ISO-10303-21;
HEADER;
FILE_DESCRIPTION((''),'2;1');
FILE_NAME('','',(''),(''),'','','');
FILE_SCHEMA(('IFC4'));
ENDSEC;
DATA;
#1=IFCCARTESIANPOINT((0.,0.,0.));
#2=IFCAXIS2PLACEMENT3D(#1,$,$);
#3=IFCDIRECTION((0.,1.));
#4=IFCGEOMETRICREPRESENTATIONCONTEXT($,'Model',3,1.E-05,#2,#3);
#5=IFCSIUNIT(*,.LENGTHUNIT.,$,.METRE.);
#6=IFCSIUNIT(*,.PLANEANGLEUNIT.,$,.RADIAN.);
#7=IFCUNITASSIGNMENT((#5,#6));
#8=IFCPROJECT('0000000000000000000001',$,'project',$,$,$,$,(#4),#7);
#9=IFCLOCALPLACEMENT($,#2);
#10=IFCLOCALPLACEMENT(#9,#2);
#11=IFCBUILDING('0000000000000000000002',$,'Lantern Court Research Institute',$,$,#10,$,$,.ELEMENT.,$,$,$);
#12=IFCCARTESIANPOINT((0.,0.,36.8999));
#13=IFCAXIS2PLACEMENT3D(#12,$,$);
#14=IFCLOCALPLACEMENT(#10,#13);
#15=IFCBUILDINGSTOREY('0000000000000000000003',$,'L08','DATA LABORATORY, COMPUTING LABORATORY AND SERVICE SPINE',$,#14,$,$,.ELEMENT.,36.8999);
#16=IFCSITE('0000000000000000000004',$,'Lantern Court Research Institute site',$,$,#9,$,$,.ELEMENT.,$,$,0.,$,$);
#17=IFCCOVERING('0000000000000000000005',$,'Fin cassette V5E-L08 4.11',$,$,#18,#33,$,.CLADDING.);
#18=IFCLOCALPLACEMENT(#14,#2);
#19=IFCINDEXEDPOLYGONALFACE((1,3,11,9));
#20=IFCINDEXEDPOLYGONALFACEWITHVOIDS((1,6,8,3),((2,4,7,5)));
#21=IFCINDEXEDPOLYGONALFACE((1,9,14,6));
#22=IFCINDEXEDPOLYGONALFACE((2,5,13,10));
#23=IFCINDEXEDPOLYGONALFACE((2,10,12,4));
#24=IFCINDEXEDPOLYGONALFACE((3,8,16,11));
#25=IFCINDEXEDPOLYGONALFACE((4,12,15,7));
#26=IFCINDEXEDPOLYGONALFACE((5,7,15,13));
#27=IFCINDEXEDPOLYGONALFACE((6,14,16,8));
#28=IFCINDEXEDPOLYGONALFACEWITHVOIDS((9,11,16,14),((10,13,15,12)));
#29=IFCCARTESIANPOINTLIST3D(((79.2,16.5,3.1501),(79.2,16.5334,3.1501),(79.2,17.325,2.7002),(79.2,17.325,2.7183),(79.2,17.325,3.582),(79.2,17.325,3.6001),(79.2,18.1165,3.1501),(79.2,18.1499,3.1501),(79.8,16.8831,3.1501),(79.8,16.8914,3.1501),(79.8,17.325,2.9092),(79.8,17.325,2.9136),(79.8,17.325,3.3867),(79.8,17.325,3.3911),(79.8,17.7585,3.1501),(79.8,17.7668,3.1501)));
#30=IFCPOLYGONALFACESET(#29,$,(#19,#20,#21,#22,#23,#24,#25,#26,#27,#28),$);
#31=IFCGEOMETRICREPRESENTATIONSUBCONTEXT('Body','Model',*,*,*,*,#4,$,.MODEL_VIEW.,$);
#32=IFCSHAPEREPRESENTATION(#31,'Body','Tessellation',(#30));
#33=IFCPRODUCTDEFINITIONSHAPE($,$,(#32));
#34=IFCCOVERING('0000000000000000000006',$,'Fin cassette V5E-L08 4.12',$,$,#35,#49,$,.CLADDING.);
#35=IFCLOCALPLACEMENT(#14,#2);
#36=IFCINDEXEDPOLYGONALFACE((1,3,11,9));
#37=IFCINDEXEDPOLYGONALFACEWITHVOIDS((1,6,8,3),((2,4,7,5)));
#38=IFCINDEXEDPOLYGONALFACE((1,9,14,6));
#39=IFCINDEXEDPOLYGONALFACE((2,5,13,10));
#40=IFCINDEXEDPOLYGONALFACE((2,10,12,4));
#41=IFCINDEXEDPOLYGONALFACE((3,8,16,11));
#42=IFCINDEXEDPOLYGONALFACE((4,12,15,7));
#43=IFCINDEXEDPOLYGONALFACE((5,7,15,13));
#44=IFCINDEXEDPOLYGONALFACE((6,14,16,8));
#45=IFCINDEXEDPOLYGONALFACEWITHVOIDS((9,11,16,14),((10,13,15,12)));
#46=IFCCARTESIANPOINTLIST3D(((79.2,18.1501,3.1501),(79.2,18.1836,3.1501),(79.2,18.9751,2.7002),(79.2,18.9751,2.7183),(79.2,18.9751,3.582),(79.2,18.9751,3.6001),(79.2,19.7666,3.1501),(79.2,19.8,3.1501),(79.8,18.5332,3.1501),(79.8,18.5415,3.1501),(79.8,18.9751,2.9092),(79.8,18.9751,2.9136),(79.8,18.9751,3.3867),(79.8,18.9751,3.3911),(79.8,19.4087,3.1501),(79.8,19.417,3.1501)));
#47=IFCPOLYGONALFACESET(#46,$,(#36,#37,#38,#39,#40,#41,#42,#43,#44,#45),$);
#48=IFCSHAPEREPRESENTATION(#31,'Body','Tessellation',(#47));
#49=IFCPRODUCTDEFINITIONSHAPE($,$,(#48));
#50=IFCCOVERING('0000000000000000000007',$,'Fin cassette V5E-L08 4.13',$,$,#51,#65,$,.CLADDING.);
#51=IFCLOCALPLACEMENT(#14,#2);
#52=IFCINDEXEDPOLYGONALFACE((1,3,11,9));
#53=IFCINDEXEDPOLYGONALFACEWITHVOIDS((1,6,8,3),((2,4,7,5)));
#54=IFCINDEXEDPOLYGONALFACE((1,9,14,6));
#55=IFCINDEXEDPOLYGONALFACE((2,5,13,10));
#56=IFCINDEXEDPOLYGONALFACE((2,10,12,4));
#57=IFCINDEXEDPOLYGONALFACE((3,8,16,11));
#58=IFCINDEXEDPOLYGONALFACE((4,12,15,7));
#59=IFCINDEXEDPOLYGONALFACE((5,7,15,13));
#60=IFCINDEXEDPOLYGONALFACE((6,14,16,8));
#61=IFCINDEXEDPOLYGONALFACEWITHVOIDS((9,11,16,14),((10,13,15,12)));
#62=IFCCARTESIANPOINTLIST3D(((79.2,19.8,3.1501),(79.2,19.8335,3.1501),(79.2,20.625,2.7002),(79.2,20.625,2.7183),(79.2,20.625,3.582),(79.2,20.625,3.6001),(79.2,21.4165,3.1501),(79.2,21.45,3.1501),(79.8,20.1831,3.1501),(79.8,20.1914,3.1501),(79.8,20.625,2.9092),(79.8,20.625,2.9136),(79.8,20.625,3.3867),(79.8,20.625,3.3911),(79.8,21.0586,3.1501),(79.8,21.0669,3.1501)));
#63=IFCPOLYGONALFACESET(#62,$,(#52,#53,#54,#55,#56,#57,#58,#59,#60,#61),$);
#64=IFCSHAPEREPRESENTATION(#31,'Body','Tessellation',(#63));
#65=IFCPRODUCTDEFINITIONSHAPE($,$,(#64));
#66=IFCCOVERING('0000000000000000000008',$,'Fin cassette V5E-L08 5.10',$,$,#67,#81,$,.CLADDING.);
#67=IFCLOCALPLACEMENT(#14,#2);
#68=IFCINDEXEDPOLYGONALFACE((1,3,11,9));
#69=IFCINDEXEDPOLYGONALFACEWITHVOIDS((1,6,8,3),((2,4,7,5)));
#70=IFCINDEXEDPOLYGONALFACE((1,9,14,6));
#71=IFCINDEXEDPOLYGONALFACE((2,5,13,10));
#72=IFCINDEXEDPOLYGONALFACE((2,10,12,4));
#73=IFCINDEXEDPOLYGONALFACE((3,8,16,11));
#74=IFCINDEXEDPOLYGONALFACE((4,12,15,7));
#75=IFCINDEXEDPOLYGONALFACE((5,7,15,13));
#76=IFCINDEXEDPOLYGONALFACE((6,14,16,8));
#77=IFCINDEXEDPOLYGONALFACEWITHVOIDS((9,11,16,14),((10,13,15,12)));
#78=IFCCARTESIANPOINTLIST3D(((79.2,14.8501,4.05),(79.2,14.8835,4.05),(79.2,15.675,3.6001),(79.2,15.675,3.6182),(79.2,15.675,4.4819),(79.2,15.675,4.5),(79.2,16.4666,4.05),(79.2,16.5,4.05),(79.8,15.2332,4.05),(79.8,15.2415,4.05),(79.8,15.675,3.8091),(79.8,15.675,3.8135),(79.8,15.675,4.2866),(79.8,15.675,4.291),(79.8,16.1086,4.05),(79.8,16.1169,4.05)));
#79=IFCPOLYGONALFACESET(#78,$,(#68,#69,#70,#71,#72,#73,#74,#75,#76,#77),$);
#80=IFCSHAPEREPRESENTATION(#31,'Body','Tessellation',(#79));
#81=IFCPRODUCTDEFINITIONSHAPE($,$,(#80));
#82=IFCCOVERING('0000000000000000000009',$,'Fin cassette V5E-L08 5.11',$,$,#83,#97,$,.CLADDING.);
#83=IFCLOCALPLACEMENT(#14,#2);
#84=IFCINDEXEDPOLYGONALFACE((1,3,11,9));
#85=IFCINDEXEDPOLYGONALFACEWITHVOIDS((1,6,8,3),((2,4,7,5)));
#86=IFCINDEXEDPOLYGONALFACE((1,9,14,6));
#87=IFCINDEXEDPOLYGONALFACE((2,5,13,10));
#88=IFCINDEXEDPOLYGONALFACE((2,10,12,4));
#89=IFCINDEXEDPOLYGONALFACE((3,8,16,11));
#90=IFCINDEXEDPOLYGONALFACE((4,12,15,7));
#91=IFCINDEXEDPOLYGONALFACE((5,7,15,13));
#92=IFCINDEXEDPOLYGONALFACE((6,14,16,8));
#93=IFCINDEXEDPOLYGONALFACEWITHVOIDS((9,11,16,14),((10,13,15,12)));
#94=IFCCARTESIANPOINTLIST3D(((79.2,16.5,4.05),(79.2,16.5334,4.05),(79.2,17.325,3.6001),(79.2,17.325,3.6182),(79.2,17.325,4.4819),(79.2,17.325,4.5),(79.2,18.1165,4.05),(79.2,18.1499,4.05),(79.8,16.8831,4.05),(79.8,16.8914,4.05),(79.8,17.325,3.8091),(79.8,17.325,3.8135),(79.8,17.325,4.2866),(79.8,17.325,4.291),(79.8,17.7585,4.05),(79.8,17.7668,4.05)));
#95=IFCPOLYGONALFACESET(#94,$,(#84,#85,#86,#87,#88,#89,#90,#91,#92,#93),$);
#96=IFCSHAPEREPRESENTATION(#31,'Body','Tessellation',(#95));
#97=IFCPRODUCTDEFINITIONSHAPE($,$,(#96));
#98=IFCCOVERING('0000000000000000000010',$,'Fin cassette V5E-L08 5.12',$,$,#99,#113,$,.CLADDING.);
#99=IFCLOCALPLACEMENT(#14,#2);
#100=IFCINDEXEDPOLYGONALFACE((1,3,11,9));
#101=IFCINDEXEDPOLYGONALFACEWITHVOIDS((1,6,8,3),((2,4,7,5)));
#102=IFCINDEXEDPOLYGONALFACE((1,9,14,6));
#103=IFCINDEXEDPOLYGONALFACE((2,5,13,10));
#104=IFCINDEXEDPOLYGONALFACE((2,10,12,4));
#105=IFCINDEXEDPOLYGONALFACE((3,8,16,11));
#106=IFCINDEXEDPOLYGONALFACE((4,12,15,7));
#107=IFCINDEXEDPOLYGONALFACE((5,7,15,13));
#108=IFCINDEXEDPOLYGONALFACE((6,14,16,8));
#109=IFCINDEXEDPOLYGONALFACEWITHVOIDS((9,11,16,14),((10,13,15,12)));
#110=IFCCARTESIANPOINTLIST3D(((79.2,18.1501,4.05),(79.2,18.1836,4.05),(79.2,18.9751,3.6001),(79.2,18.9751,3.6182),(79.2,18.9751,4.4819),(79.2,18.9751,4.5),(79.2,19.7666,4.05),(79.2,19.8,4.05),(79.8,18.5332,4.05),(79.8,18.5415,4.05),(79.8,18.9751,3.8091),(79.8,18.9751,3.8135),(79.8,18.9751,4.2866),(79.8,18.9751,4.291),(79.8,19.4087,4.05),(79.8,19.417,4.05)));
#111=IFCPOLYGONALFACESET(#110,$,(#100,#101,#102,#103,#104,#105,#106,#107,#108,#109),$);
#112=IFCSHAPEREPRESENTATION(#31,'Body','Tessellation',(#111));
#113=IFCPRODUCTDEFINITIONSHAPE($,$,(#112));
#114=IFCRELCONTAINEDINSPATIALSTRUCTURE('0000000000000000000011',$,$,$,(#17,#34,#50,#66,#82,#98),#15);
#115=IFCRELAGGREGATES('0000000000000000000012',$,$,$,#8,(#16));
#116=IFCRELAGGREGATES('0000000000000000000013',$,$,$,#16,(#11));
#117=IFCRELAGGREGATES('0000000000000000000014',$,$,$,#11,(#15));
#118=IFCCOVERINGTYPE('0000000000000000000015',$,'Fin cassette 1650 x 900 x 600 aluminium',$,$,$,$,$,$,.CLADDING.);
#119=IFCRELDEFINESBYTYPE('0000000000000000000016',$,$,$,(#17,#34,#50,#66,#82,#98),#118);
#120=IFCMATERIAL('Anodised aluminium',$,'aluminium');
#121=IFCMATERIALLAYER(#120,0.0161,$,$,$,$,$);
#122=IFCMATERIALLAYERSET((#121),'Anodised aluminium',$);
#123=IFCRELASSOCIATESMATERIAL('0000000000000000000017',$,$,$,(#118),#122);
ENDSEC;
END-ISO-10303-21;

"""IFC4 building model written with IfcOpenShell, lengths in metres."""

from ifc_helpers import new_model, entity, si_unit, direction, frame, origin, place, context, subcontext, project, spatial, material, layer, layer_set, type_object, element, save


model = new_model("IFC4")

# Units and contexts
model_context = context("Model", 3, precision=1e-05, world=origin(), true_north=direction((0.0, 1.0)))
body_context = subcontext(model_context, "Body", "Model", "MODEL_VIEW")
ifc_project = project(units=[si_unit("LENGTHUNIT", "METRE"), si_unit("PLANEANGLEUNIT", "RADIAN")], contexts=[model_context])

# Site, building, storey
site_placement = place(None, origin())
site = spatial("IfcSite", under=ifc_project, at=site_placement, Name="Lantern Court Research Institute site", CompositionType="ELEMENT", RefElevation=0.0)
building_placement = place(site_placement, origin())
building = spatial("IfcBuilding", under=site, at=building_placement, Name="Lantern Court Research Institute", CompositionType="ELEMENT")
storey_placement = place(building_placement, frame((0.0, 0.0, 36.8999)))
storey = spatial("IfcBuildingStorey", under=building, at=storey_placement, Name="L08", Description="DATA LABORATORY, COMPUTING LABORATORY AND SERVICE SPINE", CompositionType="ELEMENT", Elevation=36.8999)

# Coverings
ifc_material_1 = material(Name="Anodised aluminium", Category="aluminium")
ifc_layer_1 = layer(ifc_material_1, 0.0161)
ifc_layer_set_1 = layer_set([ifc_layer_1], Name="Anodised aluminium")
covering_type = type_object("IfcCoveringType", Name="Fin cassette 1650 x 900 x 600 aluminium", PredefinedType="CLADDING", material=ifc_layer_set_1)
covering_1_placement = place(storey_placement, frame((79.2, 17.325, 3.1501), z_axis=(1.0, 0.0, 0.0), x_axis=(0.0, 1.0, 0.0)))
cartesian_point_1 = entity("IfcCartesianPoint", [0.825, 0.0])
cartesian_point_2 = entity("IfcCartesianPoint", [0.7915, 0.0])
cartesian_point_3 = entity("IfcCartesianPoint", [0.4419, 0.0])
cartesian_point_4 = entity("IfcCartesianPoint", [0.4336, 0.0])
element("IfcCovering", 1, at=covering_1_placement, inside=storey, type_object=covering_type, Name="Fin cassette V5E-L08 4.11", PredefinedType="CLADDING", context=body_context, shape_type="SweptSolid", body=[
    entity("IfcExtrudedAreaSolidTapered", entity("IfcArbitraryProfileDefWithVoids", "AREA", None, entity("IfcPolyline", [cartesian_point_1, entity("IfcCartesianPoint", [0.0, 0.45]), entity("IfcCartesianPoint", [-0.825, 0.0]), entity("IfcCartesianPoint", [0.0, -0.45]), cartesian_point_1]), [entity("IfcPolyline", [cartesian_point_2, entity("IfcCartesianPoint", [0.0, 0.4319]), entity("IfcCartesianPoint", [-0.7915, 0.0]), entity("IfcCartesianPoint", [0.0, -0.4319]), cartesian_point_2])]), entity("IfcAxis2Placement3D", entity("IfcCartesianPoint", [0.0, 0.0, 0.0])), entity("IfcDirection", [0.0, 0.0, 1.0]), 0.6001, entity("IfcArbitraryProfileDefWithVoids", "AREA", None, entity("IfcPolyline", [cartesian_point_3, entity("IfcCartesianPoint", [0.0, 0.241]), entity("IfcCartesianPoint", [-0.4419, 0.0]), entity("IfcCartesianPoint", [0.0, -0.241]), cartesian_point_3]), [entity("IfcPolyline", [cartesian_point_4, entity("IfcCartesianPoint", [0.0, 0.2366]), entity("IfcCartesianPoint", [-0.4336, 0.0]), entity("IfcCartesianPoint", [0.0, -0.2366]), cartesian_point_4])])),
])
covering_2_placement = place(storey_placement, frame((79.2, 18.9751, 3.1501), z_axis=(1.0, 0.0, 0.0), x_axis=(0.0, 1.0, 0.0)))
cartesian_point_5 = entity("IfcCartesianPoint", [0.825, 0.0])
cartesian_point_6 = entity("IfcCartesianPoint", [0.7915, 0.0])
cartesian_point_7 = entity("IfcCartesianPoint", [0.4419, 0.0])
cartesian_point_8 = entity("IfcCartesianPoint", [0.4336, 0.0])
element("IfcCovering", 2, at=covering_2_placement, inside=storey, type_object=covering_type, Name="Fin cassette V5E-L08 4.12", PredefinedType="CLADDING", context=body_context, shape_type="SweptSolid", body=[
    entity("IfcExtrudedAreaSolidTapered", entity("IfcArbitraryProfileDefWithVoids", "AREA", None, entity("IfcPolyline", [cartesian_point_5, entity("IfcCartesianPoint", [0.0, 0.45]), entity("IfcCartesianPoint", [-0.825, 0.0]), entity("IfcCartesianPoint", [0.0, -0.45]), cartesian_point_5]), [entity("IfcPolyline", [cartesian_point_6, entity("IfcCartesianPoint", [0.0, 0.4319]), entity("IfcCartesianPoint", [-0.7915, 0.0]), entity("IfcCartesianPoint", [0.0, -0.4319]), cartesian_point_6])]), entity("IfcAxis2Placement3D", entity("IfcCartesianPoint", [0.0, 0.0, 0.0])), entity("IfcDirection", [0.0, 0.0, 1.0]), 0.6001, entity("IfcArbitraryProfileDefWithVoids", "AREA", None, entity("IfcPolyline", [cartesian_point_7, entity("IfcCartesianPoint", [0.0, 0.241]), entity("IfcCartesianPoint", [-0.4419, 0.0]), entity("IfcCartesianPoint", [0.0, -0.241]), cartesian_point_7]), [entity("IfcPolyline", [cartesian_point_8, entity("IfcCartesianPoint", [0.0, 0.2366]), entity("IfcCartesianPoint", [-0.4336, 0.0]), entity("IfcCartesianPoint", [0.0, -0.2366]), cartesian_point_8])])),
])
covering_3_placement = place(storey_placement, frame((79.2, 20.625, 3.1501), z_axis=(1.0, 0.0, 0.0), x_axis=(0.0, 1.0, 0.0)))
cartesian_point_9 = entity("IfcCartesianPoint", [0.825, 0.0])
cartesian_point_10 = entity("IfcCartesianPoint", [0.7915, 0.0])
cartesian_point_11 = entity("IfcCartesianPoint", [0.4419, 0.0])
cartesian_point_12 = entity("IfcCartesianPoint", [0.4336, 0.0])
element("IfcCovering", 3, at=covering_3_placement, inside=storey, type_object=covering_type, Name="Fin cassette V5E-L08 4.13", PredefinedType="CLADDING", context=body_context, shape_type="SweptSolid", body=[
    entity("IfcExtrudedAreaSolidTapered", entity("IfcArbitraryProfileDefWithVoids", "AREA", None, entity("IfcPolyline", [cartesian_point_9, entity("IfcCartesianPoint", [0.0, 0.45]), entity("IfcCartesianPoint", [-0.825, 0.0]), entity("IfcCartesianPoint", [0.0, -0.45]), cartesian_point_9]), [entity("IfcPolyline", [cartesian_point_10, entity("IfcCartesianPoint", [0.0, 0.4319]), entity("IfcCartesianPoint", [-0.7915, 0.0]), entity("IfcCartesianPoint", [0.0, -0.4319]), cartesian_point_10])]), entity("IfcAxis2Placement3D", entity("IfcCartesianPoint", [0.0, 0.0, 0.0])), entity("IfcDirection", [0.0, 0.0, 1.0]), 0.6001, entity("IfcArbitraryProfileDefWithVoids", "AREA", None, entity("IfcPolyline", [cartesian_point_11, entity("IfcCartesianPoint", [0.0, 0.241]), entity("IfcCartesianPoint", [-0.4419, 0.0]), entity("IfcCartesianPoint", [0.0, -0.241]), cartesian_point_11]), [entity("IfcPolyline", [cartesian_point_12, entity("IfcCartesianPoint", [0.0, 0.2366]), entity("IfcCartesianPoint", [-0.4336, 0.0]), entity("IfcCartesianPoint", [0.0, -0.2366]), cartesian_point_12])])),
])
covering_4_placement = place(storey_placement, frame((79.2, 15.675, 4.05), z_axis=(1.0, 0.0, 0.0), x_axis=(0.0, 1.0, 0.0)))
cartesian_point_13 = entity("IfcCartesianPoint", [0.825, 0.0])
cartesian_point_14 = entity("IfcCartesianPoint", [0.7915, 0.0])
cartesian_point_15 = entity("IfcCartesianPoint", [0.4419, 0.0])
cartesian_point_16 = entity("IfcCartesianPoint", [0.4336, 0.0])
element("IfcCovering", 4, at=covering_4_placement, inside=storey, type_object=covering_type, Name="Fin cassette V5E-L08 5.10", PredefinedType="CLADDING", context=body_context, shape_type="SweptSolid", body=[
    entity("IfcExtrudedAreaSolidTapered", entity("IfcArbitraryProfileDefWithVoids", "AREA", None, entity("IfcPolyline", [cartesian_point_13, entity("IfcCartesianPoint", [0.0, 0.45]), entity("IfcCartesianPoint", [-0.825, 0.0]), entity("IfcCartesianPoint", [0.0, -0.45]), cartesian_point_13]), [entity("IfcPolyline", [cartesian_point_14, entity("IfcCartesianPoint", [0.0, 0.4319]), entity("IfcCartesianPoint", [-0.7915, 0.0]), entity("IfcCartesianPoint", [0.0, -0.4319]), cartesian_point_14])]), entity("IfcAxis2Placement3D", entity("IfcCartesianPoint", [0.0, 0.0, 0.0])), entity("IfcDirection", [0.0, 0.0, 1.0]), 0.6001, entity("IfcArbitraryProfileDefWithVoids", "AREA", None, entity("IfcPolyline", [cartesian_point_15, entity("IfcCartesianPoint", [0.0, 0.241]), entity("IfcCartesianPoint", [-0.4419, 0.0]), entity("IfcCartesianPoint", [0.0, -0.241]), cartesian_point_15]), [entity("IfcPolyline", [cartesian_point_16, entity("IfcCartesianPoint", [0.0, 0.2366]), entity("IfcCartesianPoint", [-0.4336, 0.0]), entity("IfcCartesianPoint", [0.0, -0.2366]), cartesian_point_16])])),
])
covering_5_placement = place(storey_placement, frame((79.2, 17.325, 4.05), z_axis=(1.0, 0.0, 0.0), x_axis=(0.0, 1.0, 0.0)))
cartesian_point_17 = entity("IfcCartesianPoint", [0.825, 0.0])
cartesian_point_18 = entity("IfcCartesianPoint", [0.7915, 0.0])
cartesian_point_19 = entity("IfcCartesianPoint", [0.4419, 0.0])
cartesian_point_20 = entity("IfcCartesianPoint", [0.4336, 0.0])
element("IfcCovering", 5, at=covering_5_placement, inside=storey, type_object=covering_type, Name="Fin cassette V5E-L08 5.11", PredefinedType="CLADDING", context=body_context, shape_type="SweptSolid", body=[
    entity("IfcExtrudedAreaSolidTapered", entity("IfcArbitraryProfileDefWithVoids", "AREA", None, entity("IfcPolyline", [cartesian_point_17, entity("IfcCartesianPoint", [0.0, 0.45]), entity("IfcCartesianPoint", [-0.825, 0.0]), entity("IfcCartesianPoint", [0.0, -0.45]), cartesian_point_17]), [entity("IfcPolyline", [cartesian_point_18, entity("IfcCartesianPoint", [0.0, 0.4319]), entity("IfcCartesianPoint", [-0.7915, 0.0]), entity("IfcCartesianPoint", [0.0, -0.4319]), cartesian_point_18])]), entity("IfcAxis2Placement3D", entity("IfcCartesianPoint", [0.0, 0.0, 0.0])), entity("IfcDirection", [0.0, 0.0, 1.0]), 0.6001, entity("IfcArbitraryProfileDefWithVoids", "AREA", None, entity("IfcPolyline", [cartesian_point_19, entity("IfcCartesianPoint", [0.0, 0.241]), entity("IfcCartesianPoint", [-0.4419, 0.0]), entity("IfcCartesianPoint", [0.0, -0.241]), cartesian_point_19]), [entity("IfcPolyline", [cartesian_point_20, entity("IfcCartesianPoint", [0.0, 0.2366]), entity("IfcCartesianPoint", [-0.4336, 0.0]), entity("IfcCartesianPoint", [0.0, -0.2366]), cartesian_point_20])])),
])
covering_6_placement = place(storey_placement, frame((79.2, 18.9751, 4.05), z_axis=(1.0, 0.0, 0.0), x_axis=(0.0, 1.0, 0.0)))
cartesian_point_21 = entity("IfcCartesianPoint", [0.825, 0.0])
cartesian_point_22 = entity("IfcCartesianPoint", [0.7915, 0.0])
cartesian_point_23 = entity("IfcCartesianPoint", [0.4419, 0.0])
cartesian_point_24 = entity("IfcCartesianPoint", [0.4336, 0.0])
element("IfcCovering", 6, at=covering_6_placement, inside=storey, type_object=covering_type, Name="Fin cassette V5E-L08 5.12", PredefinedType="CLADDING", context=body_context, shape_type="SweptSolid", body=[
    entity("IfcExtrudedAreaSolidTapered", entity("IfcArbitraryProfileDefWithVoids", "AREA", None, entity("IfcPolyline", [cartesian_point_21, entity("IfcCartesianPoint", [0.0, 0.45]), entity("IfcCartesianPoint", [-0.825, 0.0]), entity("IfcCartesianPoint", [0.0, -0.45]), cartesian_point_21]), [entity("IfcPolyline", [cartesian_point_22, entity("IfcCartesianPoint", [0.0, 0.4319]), entity("IfcCartesianPoint", [-0.7915, 0.0]), entity("IfcCartesianPoint", [0.0, -0.4319]), cartesian_point_22])]), entity("IfcAxis2Placement3D", entity("IfcCartesianPoint", [0.0, 0.0, 0.0])), entity("IfcDirection", [0.0, 0.0, 1.0]), 0.6001, entity("IfcArbitraryProfileDefWithVoids", "AREA", None, entity("IfcPolyline", [cartesian_point_23, entity("IfcCartesianPoint", [0.0, 0.241]), entity("IfcCartesianPoint", [-0.4419, 0.0]), entity("IfcCartesianPoint", [0.0, -0.241]), cartesian_point_23]), [entity("IfcPolyline", [cartesian_point_24, entity("IfcCartesianPoint", [0.0, 0.2366]), entity("IfcCartesianPoint", [-0.4336, 0.0]), entity("IfcCartesianPoint", [0.0, -0.2366]), cartesian_point_24])])),
])

save(model, "model.ifc")
